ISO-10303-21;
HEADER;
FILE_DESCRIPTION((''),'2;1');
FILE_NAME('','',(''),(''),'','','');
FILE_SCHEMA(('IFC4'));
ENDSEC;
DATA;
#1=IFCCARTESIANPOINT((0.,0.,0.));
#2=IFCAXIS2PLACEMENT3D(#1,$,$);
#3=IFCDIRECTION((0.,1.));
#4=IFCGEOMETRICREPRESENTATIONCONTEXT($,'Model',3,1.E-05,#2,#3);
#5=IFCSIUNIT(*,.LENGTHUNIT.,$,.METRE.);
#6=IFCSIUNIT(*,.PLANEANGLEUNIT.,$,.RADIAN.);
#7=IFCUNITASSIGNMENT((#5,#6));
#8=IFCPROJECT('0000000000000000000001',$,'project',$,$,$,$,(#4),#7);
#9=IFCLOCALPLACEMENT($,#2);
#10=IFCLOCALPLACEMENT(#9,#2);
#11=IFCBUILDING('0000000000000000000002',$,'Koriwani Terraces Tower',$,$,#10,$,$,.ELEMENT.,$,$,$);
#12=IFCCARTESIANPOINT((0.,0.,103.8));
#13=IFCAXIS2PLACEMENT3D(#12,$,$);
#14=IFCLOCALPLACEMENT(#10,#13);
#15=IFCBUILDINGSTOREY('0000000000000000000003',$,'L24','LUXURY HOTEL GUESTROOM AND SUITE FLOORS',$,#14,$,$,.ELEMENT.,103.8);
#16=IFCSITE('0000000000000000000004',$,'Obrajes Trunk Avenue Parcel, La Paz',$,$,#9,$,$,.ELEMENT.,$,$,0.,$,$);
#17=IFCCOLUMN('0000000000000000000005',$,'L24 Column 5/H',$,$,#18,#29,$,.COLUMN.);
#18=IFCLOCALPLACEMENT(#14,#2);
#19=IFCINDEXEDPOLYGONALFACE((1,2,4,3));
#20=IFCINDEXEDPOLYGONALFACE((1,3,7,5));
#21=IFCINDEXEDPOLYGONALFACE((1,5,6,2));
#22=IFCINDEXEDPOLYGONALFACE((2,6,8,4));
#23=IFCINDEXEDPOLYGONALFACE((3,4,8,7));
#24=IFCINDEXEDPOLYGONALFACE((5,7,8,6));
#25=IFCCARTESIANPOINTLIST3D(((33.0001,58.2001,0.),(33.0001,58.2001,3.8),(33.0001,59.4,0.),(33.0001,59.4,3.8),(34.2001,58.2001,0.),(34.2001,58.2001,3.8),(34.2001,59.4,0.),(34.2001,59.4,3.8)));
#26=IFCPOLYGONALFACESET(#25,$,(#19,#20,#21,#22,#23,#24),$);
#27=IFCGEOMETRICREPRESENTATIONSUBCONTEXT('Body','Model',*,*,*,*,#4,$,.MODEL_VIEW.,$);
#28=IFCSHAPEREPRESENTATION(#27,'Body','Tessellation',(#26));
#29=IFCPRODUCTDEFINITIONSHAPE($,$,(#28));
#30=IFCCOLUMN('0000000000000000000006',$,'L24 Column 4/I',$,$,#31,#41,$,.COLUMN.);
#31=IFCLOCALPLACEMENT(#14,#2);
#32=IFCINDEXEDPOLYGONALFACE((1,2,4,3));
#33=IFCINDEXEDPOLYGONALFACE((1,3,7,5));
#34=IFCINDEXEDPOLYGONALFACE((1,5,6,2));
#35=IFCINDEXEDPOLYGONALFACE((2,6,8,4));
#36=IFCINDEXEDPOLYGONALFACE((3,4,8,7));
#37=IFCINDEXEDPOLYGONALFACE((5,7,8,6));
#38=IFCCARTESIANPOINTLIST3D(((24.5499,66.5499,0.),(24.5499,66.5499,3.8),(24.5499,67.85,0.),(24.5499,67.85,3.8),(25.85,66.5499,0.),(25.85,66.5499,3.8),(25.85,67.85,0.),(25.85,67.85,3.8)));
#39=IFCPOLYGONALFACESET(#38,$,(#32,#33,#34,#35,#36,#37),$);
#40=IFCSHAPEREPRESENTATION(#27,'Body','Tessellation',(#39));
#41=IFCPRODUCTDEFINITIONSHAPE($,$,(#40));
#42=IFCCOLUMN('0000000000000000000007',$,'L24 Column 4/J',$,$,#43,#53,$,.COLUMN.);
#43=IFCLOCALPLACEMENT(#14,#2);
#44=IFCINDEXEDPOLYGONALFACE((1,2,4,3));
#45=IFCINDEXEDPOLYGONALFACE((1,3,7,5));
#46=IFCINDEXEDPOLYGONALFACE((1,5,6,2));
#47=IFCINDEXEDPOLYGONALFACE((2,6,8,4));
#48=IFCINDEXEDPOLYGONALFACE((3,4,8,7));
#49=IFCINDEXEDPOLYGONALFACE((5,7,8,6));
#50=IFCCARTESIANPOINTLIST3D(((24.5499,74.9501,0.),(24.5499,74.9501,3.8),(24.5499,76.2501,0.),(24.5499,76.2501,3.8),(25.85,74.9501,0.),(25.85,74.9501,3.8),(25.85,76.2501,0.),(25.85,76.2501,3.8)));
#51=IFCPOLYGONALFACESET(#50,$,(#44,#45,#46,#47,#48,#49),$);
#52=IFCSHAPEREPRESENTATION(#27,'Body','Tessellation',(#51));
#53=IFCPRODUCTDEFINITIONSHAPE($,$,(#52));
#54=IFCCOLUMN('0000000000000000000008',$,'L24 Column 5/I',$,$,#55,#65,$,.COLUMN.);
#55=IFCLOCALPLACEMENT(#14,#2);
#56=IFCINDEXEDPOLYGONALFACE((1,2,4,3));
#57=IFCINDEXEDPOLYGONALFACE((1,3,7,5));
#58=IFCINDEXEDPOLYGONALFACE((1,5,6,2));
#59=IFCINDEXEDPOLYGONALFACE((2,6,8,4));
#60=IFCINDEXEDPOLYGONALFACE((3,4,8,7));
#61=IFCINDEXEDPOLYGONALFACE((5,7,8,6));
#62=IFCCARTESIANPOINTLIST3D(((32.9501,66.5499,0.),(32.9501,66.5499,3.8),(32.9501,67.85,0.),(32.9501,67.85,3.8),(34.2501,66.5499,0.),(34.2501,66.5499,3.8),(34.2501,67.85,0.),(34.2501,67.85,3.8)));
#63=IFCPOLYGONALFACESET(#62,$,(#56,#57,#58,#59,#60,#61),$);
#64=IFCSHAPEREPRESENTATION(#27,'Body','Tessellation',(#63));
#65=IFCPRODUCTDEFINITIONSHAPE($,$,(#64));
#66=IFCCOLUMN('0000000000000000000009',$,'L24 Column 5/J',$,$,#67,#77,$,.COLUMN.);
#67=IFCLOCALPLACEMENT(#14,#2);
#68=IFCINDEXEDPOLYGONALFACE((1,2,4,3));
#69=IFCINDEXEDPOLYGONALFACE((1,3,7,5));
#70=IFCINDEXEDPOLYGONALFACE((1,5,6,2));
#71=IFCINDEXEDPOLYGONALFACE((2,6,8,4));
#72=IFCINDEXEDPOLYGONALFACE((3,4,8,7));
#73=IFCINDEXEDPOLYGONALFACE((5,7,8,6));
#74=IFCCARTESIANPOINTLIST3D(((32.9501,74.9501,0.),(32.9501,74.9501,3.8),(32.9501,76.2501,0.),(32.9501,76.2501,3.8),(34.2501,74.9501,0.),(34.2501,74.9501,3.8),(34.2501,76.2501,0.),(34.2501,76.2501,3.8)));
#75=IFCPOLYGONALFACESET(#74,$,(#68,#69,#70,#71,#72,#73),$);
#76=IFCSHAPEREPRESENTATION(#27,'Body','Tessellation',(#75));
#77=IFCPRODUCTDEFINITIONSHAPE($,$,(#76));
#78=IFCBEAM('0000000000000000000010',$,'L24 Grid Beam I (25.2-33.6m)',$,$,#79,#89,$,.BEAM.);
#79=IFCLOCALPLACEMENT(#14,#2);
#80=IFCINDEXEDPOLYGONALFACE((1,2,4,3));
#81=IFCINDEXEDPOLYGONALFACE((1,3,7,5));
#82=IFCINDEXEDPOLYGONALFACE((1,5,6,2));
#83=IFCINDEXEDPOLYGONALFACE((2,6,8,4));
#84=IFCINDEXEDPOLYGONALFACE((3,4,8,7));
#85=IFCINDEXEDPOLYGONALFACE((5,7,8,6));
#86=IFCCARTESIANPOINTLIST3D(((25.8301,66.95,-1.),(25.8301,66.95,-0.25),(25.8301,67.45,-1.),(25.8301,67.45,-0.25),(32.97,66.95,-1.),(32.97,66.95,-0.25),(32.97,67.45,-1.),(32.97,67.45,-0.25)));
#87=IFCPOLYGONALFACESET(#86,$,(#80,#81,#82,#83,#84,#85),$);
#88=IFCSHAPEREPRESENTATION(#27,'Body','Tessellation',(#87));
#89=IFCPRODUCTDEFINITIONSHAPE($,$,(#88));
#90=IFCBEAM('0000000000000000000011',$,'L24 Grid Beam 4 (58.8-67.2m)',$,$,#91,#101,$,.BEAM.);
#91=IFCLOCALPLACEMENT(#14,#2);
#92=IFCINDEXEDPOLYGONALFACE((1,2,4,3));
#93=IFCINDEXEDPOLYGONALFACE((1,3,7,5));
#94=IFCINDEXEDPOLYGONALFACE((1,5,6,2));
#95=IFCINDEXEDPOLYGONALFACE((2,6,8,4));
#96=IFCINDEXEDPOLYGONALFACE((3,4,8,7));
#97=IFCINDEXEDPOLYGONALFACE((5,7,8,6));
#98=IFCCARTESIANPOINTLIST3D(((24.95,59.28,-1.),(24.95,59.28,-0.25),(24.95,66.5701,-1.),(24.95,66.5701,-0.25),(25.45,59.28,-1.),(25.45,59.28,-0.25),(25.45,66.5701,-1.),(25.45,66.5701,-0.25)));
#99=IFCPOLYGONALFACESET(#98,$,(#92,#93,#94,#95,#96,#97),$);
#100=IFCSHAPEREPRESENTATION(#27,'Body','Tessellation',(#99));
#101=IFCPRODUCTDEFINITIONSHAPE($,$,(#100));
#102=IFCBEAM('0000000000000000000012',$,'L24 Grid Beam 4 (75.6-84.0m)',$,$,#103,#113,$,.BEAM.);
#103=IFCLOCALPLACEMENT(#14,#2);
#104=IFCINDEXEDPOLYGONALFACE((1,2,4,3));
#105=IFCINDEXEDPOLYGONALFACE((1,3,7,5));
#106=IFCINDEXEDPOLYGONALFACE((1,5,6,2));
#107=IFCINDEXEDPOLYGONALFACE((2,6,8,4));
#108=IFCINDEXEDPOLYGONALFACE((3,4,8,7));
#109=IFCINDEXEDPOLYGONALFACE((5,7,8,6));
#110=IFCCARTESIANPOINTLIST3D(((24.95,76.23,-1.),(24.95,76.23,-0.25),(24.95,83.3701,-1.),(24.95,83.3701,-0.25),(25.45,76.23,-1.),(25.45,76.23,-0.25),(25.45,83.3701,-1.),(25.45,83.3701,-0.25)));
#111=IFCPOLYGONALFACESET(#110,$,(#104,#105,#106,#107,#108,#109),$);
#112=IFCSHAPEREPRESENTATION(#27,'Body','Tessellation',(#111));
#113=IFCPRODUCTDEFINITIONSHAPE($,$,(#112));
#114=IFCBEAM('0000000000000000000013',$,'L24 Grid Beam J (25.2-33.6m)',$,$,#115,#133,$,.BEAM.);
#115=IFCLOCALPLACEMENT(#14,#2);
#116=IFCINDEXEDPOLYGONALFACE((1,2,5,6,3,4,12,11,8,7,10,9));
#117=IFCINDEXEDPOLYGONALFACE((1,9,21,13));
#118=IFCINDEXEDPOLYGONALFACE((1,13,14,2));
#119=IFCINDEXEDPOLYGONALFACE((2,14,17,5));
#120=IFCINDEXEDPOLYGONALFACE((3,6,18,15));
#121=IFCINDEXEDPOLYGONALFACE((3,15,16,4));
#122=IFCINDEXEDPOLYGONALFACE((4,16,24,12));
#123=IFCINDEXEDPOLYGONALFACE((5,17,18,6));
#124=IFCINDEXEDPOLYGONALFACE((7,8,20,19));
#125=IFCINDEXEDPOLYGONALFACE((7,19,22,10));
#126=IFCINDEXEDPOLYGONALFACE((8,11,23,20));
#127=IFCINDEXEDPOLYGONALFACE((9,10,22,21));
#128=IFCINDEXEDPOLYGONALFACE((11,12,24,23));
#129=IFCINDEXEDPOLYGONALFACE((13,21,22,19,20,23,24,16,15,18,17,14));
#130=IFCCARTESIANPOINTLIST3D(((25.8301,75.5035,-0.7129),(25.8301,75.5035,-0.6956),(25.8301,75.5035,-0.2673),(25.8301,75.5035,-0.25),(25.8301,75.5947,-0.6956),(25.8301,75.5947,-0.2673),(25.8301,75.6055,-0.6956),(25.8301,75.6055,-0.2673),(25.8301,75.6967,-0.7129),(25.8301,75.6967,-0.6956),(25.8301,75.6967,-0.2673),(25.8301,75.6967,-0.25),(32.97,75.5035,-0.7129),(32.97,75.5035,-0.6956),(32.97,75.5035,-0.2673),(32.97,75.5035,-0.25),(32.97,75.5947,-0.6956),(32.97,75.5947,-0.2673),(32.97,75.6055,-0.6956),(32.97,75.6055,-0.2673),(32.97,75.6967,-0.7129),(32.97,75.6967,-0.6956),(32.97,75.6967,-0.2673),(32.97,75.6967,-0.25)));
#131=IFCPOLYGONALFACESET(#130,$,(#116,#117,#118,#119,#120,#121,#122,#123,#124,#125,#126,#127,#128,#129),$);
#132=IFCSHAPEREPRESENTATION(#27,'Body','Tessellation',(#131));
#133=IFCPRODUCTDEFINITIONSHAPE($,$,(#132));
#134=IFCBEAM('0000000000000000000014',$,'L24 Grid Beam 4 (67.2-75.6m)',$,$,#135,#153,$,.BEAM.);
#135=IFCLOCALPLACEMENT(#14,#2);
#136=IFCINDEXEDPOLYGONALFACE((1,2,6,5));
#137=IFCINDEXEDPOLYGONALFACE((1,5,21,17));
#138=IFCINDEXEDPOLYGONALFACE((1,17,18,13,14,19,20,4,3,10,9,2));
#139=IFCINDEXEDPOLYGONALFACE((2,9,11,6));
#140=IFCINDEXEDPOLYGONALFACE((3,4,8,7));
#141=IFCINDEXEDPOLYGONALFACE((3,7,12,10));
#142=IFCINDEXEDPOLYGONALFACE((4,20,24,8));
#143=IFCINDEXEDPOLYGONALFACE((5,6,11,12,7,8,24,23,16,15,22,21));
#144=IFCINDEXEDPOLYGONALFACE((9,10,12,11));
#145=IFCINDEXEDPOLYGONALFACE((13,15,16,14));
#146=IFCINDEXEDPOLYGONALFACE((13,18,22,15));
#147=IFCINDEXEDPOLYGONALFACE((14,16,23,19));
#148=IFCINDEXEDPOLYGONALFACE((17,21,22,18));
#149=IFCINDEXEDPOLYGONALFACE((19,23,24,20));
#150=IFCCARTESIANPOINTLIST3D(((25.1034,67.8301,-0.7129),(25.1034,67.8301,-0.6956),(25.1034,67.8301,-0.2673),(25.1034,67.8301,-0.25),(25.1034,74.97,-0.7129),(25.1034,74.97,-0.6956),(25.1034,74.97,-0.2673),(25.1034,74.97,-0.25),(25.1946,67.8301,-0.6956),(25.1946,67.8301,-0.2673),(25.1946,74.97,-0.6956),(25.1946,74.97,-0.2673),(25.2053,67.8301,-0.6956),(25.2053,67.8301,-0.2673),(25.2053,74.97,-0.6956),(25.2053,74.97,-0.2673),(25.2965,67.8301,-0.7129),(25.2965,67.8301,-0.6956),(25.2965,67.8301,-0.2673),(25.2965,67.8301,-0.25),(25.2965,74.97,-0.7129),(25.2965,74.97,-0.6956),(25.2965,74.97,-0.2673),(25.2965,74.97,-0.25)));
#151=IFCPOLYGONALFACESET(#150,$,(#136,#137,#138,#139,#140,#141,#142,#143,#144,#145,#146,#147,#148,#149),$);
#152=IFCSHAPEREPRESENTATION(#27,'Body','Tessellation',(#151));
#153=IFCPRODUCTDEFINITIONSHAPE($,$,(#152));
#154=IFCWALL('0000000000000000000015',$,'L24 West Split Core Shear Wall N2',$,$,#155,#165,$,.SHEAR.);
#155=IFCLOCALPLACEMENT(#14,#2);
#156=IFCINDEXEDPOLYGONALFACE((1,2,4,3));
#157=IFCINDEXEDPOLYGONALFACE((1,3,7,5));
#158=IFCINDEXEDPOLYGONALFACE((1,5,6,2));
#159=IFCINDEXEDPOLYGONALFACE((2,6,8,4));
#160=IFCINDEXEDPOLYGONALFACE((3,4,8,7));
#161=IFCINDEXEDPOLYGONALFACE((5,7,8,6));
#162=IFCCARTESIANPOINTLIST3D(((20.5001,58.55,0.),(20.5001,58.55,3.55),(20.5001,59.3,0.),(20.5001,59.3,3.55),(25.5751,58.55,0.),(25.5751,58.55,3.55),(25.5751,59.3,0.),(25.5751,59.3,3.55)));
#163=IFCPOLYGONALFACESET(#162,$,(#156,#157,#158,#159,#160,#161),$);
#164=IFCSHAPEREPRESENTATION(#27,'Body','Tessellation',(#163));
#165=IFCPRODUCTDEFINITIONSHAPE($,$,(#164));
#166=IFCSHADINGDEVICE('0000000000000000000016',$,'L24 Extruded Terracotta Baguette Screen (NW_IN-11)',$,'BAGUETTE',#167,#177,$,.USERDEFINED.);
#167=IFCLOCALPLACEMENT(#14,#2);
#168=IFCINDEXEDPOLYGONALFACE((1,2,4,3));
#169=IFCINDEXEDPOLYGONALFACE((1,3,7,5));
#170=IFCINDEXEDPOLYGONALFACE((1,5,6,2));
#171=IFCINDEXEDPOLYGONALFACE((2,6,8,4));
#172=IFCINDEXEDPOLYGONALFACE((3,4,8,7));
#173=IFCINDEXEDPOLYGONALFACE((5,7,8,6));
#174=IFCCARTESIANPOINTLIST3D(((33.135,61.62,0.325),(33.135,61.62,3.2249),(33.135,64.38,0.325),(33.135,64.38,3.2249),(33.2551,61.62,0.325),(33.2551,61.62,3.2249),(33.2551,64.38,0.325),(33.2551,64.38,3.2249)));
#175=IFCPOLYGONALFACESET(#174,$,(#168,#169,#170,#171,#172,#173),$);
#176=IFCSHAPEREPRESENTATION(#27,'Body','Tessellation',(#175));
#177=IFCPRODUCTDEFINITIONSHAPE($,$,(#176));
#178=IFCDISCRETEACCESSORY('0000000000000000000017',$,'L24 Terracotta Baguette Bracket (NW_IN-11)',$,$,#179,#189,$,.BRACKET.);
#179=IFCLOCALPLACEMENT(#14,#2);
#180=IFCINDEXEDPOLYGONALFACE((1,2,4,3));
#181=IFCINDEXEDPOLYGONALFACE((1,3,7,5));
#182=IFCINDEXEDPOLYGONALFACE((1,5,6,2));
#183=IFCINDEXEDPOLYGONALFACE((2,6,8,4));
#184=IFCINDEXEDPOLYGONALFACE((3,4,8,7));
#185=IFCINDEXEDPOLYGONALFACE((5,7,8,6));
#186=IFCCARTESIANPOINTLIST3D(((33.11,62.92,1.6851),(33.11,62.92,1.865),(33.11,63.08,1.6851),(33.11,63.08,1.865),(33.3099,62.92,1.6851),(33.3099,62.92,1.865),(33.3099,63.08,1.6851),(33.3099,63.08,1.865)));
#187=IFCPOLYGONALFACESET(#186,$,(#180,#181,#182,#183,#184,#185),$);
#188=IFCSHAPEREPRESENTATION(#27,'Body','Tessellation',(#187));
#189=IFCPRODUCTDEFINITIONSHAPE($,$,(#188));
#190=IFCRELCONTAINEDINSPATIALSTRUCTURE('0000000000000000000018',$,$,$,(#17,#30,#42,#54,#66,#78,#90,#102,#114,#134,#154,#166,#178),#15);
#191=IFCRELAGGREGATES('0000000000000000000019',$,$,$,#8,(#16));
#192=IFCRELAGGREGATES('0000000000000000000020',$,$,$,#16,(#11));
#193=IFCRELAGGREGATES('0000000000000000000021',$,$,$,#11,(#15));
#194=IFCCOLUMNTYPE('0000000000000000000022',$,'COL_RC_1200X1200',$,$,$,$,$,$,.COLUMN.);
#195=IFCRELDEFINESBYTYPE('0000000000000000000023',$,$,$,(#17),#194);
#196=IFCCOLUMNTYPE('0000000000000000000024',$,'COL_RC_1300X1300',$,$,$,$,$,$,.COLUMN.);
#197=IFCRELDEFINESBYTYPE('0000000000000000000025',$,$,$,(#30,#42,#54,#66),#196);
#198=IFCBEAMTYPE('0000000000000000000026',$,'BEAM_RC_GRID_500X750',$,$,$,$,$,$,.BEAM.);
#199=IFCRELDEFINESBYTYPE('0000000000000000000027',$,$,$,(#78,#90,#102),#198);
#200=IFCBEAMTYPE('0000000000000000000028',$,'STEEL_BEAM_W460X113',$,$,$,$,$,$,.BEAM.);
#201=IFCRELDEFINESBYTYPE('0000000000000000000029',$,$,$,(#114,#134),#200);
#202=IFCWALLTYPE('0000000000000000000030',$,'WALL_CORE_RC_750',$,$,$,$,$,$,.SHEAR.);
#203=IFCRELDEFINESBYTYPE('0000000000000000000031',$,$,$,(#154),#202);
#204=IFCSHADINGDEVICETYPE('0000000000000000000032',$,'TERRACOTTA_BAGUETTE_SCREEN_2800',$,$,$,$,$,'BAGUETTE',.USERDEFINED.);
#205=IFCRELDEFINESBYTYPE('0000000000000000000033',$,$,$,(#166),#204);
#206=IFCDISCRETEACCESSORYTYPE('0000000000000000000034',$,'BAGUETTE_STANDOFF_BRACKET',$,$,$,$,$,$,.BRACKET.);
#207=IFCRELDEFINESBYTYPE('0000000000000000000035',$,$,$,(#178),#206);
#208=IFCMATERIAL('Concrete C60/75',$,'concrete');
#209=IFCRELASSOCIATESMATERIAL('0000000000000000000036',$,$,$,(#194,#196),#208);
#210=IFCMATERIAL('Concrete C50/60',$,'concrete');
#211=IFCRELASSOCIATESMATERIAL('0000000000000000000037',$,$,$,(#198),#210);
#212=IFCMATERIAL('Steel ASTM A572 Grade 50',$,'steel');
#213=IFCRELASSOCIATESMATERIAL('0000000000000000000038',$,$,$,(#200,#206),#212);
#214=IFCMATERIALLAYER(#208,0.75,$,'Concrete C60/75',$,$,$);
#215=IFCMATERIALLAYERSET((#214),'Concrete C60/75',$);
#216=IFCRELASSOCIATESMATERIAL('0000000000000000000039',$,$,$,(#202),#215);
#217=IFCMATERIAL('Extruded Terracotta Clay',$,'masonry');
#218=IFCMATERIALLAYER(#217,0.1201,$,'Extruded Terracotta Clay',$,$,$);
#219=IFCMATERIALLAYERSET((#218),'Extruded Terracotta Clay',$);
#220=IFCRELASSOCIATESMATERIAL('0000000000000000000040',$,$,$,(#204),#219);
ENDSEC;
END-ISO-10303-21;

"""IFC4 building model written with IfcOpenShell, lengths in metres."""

from ifc_helpers import new_model, si_unit, direction, frame, frame_2d, origin, origin_2d, place, context, subcontext, project, spatial, rectangle, i_section, extrude, material, layer, layer_set, material_profile, profile_set, type_object, element, save


model = new_model("IFC4")

# Units and contexts
model_context = context("Model", 3, precision=1e-05, world=origin(), true_north=direction((0.0, 1.0)))
body_context = subcontext(model_context, "Body", "Model", "MODEL_VIEW")
ifc_project = project(units=[si_unit("LENGTHUNIT", "METRE"), si_unit("PLANEANGLEUNIT", "RADIAN")], contexts=[model_context])

# Site, building, storey
site_placement = place(None, origin())
site = spatial("IfcSite", under=ifc_project, at=site_placement, Name="Obrajes Trunk Avenue Parcel, La Paz", CompositionType="ELEMENT", RefElevation=0.0)
building_placement = place(site_placement, origin())
building = spatial("IfcBuilding", under=site, at=building_placement, Name="Koriwani Terraces Tower", CompositionType="ELEMENT")
storey_placement = place(building_placement, frame((0.0, 0.0, 103.8)))
storey = spatial("IfcBuildingStorey", under=building, at=storey_placement, Name="L24", Description="LUXURY HOTEL GUESTROOM AND SUITE FLOORS", CompositionType="ELEMENT", Elevation=103.8)

# Columns
ifc_material_1 = material(Name="Concrete C60/75", Category="concrete")
ifc_material_profile_1 = material_profile(ifc_material_1, rectangle(XDim=1.2, YDim=1.2, at=origin_2d()), Name="Concrete C60/75", Category="LoadBearing")
ifc_profile_set_1 = profile_set([ifc_material_profile_1], Name="Concrete C60/75")
column_type_1 = type_object("IfcColumnType", Name="COL_RC_1200X1200", PredefinedType="COLUMN", material=ifc_profile_set_1)
column_placement = place(storey_placement, frame((33.6001, 58.8, 0.0), z_axis=(0.0, 0.0, 1.0), x_axis=(1.0, 0.0, 0.0)))
element("IfcColumn", 1, at=column_placement, inside=storey, type_object=column_type_1, Name="L24 Column 5/H", PredefinedType="COLUMN", context=body_context, shape_type="SweptSolid", body=[
    extrude(rectangle(XDim=1.2, YDim=1.2, at=origin_2d()), origin(), (0.0, 0.0, 1.0), 3.8),
])
ifc_material_profile_2 = material_profile(ifc_material_1, rectangle(XDim=1.3, YDim=1.3, at=origin_2d()), Name="Concrete C60/75", Category="LoadBearing")
ifc_profile_set_2 = profile_set([ifc_material_profile_2], Name="Concrete C60/75")
column_type_2 = type_object("IfcColumnType", Name="COL_RC_1300X1300", PredefinedType="COLUMN", material=ifc_profile_set_2)
for number, where, z_axis, x_axis, name in (
    (2, (25.2, 67.2, 0.0), (0.0, 0.0, 1.0), (1.0, 0.0, 0.0), "L24 Column 4/I"),
    (3, (25.2, 75.6001, 0.0), (0.0, 0.0, 1.0), (1.0, 0.0, 0.0), "L24 Column 4/J"),
    (4, (33.6001, 67.2, 0.0), (0.0, 0.0, 1.0), (1.0, 0.0, 0.0), "L24 Column 5/I"),
    (5, (33.6001, 75.6001, 0.0), (0.0, 0.0, 1.0), (1.0, 0.0, 0.0), "L24 Column 5/J"),
):
    element("IfcColumn", number, at=place(storey_placement, frame(where, z_axis=z_axis, x_axis=x_axis)), inside=storey, type_object=column_type_2, Name=name, PredefinedType="COLUMN", context=body_context, shape_type="SweptSolid", body=[
        extrude(rectangle(XDim=1.3, YDim=1.3, at=origin_2d()), origin(), (0.0, 0.0, 1.0), 3.8),
    ])

# Beams
ifc_material_2 = material(Name="Concrete C50/60", Category="concrete")
ifc_material_profile_3 = material_profile(ifc_material_2, rectangle(XDim=0.5, YDim=0.75, at=origin_2d()), Name="Concrete C50/60", Category="LoadBearing")
ifc_profile_set_3 = profile_set([ifc_material_profile_3], Name="Concrete C50/60")
beam_type_1 = type_object("IfcBeamType", Name="BEAM_RC_GRID_500X750", PredefinedType="BEAM", material=ifc_profile_set_3)
beam_1_placement = place(storey_placement, frame((25.8301, 67.2, -0.625), z_axis=(1.0, 0.0, 0.0), x_axis=(0.0, 1.0, 0.0)))
element("IfcBeam", 6, at=beam_1_placement, inside=storey, type_object=beam_type_1, Name="L24 Grid Beam I (25.2-33.6m)", PredefinedType="BEAM", context=body_context, shape_type="SweptSolid", body=[
    extrude(rectangle(XDim=0.5, YDim=0.75, at=origin_2d()), origin(), (0.0, 0.0, 1.0), 7.1399),
])
beam_2_placement = place(storey_placement, frame((25.2, 59.28, -0.625), z_axis=(0.0, 1.0, 0.0), x_axis=(-1.0, 0.0, 0.0)))
element("IfcBeam", 7, at=beam_2_placement, inside=storey, type_object=beam_type_1, Name="L24 Grid Beam 4 (58.8-67.2m)", PredefinedType="BEAM", context=body_context, shape_type="SweptSolid", body=[
    extrude(rectangle(XDim=0.5, YDim=0.75, at=origin_2d()), origin(), (0.0, 0.0, 1.0), 7.29),
])
beam_3_placement = place(storey_placement, frame((25.2, 76.23, -0.625), z_axis=(0.0, 1.0, 0.0), x_axis=(-1.0, 0.0, 0.0)))
element("IfcBeam", 8, at=beam_3_placement, inside=storey, type_object=beam_type_1, Name="L24 Grid Beam 4 (75.6-84.0m)", PredefinedType="BEAM", context=body_context, shape_type="SweptSolid", body=[
    extrude(rectangle(XDim=0.5, YDim=0.75, at=origin_2d()), origin(), (0.0, 0.0, 1.0), 7.1401),
])
ifc_material_3 = material(Name="Steel ASTM A572 Grade 50", Category="steel")
ifc_material_profile_4 = material_profile(ifc_material_3, i_section(OverallWidth=0.1931, OverallDepth=0.4629, WebThickness=0.0107, FlangeThickness=0.0173, at=origin_2d()), Name="Steel ASTM A572 Grade 50", Category="LoadBearing")
ifc_profile_set_4 = profile_set([ifc_material_profile_4], Name="Steel ASTM A572 Grade 50")
beam_type_2 = type_object("IfcBeamType", Name="STEEL_BEAM_W460X113", PredefinedType="BEAM", material=ifc_profile_set_4)
for number, where, z_axis, x_axis, name in (
    (9, (25.8301, 75.6001, -0.4814), (1.0, 0.0, 0.0), (0.0, 1.0, 0.0), "L24 Grid Beam J (25.2-33.6m)"),
    (10, (25.2, 67.8301, -0.4814), (0.0, 1.0, 0.0), (-1.0, 0.0, 0.0), "L24 Grid Beam 4 (67.2-75.6m)"),
):
    element("IfcBeam", number, at=place(storey_placement, frame(where, z_axis=z_axis, x_axis=x_axis)), inside=storey, type_object=beam_type_2, Name=name, PredefinedType="BEAM", context=body_context, shape_type="SweptSolid", body=[
        extrude(i_section(OverallWidth=0.1931, OverallDepth=0.4629, WebThickness=0.0107, FlangeThickness=0.0173, at=origin_2d()), origin(), (0.0, 0.0, 1.0), 7.1399),
    ])

# Wall
ifc_layer_1 = layer(ifc_material_1, 0.75, Name="Concrete C60/75")
ifc_layer_set_1 = layer_set([ifc_layer_1], Name="Concrete C60/75")
wall_type_1 = type_object("IfcWallType", Name="WALL_CORE_RC_750", PredefinedType="SHEAR", material=ifc_layer_set_1)
wall_1_placement = place(storey_placement, frame((20.5, 58.925, 0.0), z_axis=(0.0, 0.0, 1.0), x_axis=(1.0, 0.0, 0.0)))
element("IfcWall", 11, at=wall_1_placement, inside=storey, type_object=wall_type_1, Name="L24 West Split Core Shear Wall N2", PredefinedType="SHEAR", context=body_context, shape_type="SweptSolid", body=[
    extrude(rectangle(XDim=5.075, YDim=0.75, at=frame_2d((2.5376, 0.0))), origin(), (0.0, 0.0, 1.0), 3.55),
])

# Shading device
ifc_material_4 = material(Name="Extruded Terracotta Clay", Category="masonry")
ifc_layer_2 = layer(ifc_material_4, 0.1201, Name="Extruded Terracotta Clay")
ifc_layer_set_2 = layer_set([ifc_layer_2], Name="Extruded Terracotta Clay")
shading_device_type = type_object("IfcShadingDeviceType", Name="TERRACOTTA_BAGUETTE_SCREEN_2800", ElementType="BAGUETTE", PredefinedType="USERDEFINED", material=ifc_layer_set_2)
shading_device_placement = place(storey_placement, frame((33.1951, 63.0, 0.325), z_axis=(0.0, 0.0, 1.0), x_axis=(0.0, -1.0, 0.0)))
element("IfcShadingDevice", 12, at=shading_device_placement, inside=storey, type_object=shading_device_type, Name="L24 Extruded Terracotta Baguette Screen (NW_IN-11)", ObjectType="BAGUETTE", PredefinedType="USERDEFINED", context=body_context, shape_type="SweptSolid", body=[
    extrude(rectangle(XDim=2.76, YDim=0.1201, at=origin_2d()), origin(), (0.0, 0.0, 1.0), 2.8999),
])

# Discrete accessory
discrete_accessory_type = type_object("IfcDiscreteAccessoryType", Name="BAGUETTE_STANDOFF_BRACKET", PredefinedType="BRACKET", material=ifc_material_3)
discrete_accessory_placement = place(storey_placement, frame((33.21, 63.0, 1.6851), z_axis=(0.0, 0.0, 1.0), x_axis=(0.0, -1.0, 0.0)))
element("IfcDiscreteAccessory", 13, at=discrete_accessory_placement, inside=storey, type_object=discrete_accessory_type, Name="L24 Terracotta Baguette Bracket (NW_IN-11)", PredefinedType="BRACKET", context=body_context, shape_type="SweptSolid", body=[
    extrude(rectangle(XDim=0.1599, YDim=0.2, at=origin_2d()), origin(), (0.0, 0.0, 1.0), 0.1799),
])

save(model, "model.ifc")
